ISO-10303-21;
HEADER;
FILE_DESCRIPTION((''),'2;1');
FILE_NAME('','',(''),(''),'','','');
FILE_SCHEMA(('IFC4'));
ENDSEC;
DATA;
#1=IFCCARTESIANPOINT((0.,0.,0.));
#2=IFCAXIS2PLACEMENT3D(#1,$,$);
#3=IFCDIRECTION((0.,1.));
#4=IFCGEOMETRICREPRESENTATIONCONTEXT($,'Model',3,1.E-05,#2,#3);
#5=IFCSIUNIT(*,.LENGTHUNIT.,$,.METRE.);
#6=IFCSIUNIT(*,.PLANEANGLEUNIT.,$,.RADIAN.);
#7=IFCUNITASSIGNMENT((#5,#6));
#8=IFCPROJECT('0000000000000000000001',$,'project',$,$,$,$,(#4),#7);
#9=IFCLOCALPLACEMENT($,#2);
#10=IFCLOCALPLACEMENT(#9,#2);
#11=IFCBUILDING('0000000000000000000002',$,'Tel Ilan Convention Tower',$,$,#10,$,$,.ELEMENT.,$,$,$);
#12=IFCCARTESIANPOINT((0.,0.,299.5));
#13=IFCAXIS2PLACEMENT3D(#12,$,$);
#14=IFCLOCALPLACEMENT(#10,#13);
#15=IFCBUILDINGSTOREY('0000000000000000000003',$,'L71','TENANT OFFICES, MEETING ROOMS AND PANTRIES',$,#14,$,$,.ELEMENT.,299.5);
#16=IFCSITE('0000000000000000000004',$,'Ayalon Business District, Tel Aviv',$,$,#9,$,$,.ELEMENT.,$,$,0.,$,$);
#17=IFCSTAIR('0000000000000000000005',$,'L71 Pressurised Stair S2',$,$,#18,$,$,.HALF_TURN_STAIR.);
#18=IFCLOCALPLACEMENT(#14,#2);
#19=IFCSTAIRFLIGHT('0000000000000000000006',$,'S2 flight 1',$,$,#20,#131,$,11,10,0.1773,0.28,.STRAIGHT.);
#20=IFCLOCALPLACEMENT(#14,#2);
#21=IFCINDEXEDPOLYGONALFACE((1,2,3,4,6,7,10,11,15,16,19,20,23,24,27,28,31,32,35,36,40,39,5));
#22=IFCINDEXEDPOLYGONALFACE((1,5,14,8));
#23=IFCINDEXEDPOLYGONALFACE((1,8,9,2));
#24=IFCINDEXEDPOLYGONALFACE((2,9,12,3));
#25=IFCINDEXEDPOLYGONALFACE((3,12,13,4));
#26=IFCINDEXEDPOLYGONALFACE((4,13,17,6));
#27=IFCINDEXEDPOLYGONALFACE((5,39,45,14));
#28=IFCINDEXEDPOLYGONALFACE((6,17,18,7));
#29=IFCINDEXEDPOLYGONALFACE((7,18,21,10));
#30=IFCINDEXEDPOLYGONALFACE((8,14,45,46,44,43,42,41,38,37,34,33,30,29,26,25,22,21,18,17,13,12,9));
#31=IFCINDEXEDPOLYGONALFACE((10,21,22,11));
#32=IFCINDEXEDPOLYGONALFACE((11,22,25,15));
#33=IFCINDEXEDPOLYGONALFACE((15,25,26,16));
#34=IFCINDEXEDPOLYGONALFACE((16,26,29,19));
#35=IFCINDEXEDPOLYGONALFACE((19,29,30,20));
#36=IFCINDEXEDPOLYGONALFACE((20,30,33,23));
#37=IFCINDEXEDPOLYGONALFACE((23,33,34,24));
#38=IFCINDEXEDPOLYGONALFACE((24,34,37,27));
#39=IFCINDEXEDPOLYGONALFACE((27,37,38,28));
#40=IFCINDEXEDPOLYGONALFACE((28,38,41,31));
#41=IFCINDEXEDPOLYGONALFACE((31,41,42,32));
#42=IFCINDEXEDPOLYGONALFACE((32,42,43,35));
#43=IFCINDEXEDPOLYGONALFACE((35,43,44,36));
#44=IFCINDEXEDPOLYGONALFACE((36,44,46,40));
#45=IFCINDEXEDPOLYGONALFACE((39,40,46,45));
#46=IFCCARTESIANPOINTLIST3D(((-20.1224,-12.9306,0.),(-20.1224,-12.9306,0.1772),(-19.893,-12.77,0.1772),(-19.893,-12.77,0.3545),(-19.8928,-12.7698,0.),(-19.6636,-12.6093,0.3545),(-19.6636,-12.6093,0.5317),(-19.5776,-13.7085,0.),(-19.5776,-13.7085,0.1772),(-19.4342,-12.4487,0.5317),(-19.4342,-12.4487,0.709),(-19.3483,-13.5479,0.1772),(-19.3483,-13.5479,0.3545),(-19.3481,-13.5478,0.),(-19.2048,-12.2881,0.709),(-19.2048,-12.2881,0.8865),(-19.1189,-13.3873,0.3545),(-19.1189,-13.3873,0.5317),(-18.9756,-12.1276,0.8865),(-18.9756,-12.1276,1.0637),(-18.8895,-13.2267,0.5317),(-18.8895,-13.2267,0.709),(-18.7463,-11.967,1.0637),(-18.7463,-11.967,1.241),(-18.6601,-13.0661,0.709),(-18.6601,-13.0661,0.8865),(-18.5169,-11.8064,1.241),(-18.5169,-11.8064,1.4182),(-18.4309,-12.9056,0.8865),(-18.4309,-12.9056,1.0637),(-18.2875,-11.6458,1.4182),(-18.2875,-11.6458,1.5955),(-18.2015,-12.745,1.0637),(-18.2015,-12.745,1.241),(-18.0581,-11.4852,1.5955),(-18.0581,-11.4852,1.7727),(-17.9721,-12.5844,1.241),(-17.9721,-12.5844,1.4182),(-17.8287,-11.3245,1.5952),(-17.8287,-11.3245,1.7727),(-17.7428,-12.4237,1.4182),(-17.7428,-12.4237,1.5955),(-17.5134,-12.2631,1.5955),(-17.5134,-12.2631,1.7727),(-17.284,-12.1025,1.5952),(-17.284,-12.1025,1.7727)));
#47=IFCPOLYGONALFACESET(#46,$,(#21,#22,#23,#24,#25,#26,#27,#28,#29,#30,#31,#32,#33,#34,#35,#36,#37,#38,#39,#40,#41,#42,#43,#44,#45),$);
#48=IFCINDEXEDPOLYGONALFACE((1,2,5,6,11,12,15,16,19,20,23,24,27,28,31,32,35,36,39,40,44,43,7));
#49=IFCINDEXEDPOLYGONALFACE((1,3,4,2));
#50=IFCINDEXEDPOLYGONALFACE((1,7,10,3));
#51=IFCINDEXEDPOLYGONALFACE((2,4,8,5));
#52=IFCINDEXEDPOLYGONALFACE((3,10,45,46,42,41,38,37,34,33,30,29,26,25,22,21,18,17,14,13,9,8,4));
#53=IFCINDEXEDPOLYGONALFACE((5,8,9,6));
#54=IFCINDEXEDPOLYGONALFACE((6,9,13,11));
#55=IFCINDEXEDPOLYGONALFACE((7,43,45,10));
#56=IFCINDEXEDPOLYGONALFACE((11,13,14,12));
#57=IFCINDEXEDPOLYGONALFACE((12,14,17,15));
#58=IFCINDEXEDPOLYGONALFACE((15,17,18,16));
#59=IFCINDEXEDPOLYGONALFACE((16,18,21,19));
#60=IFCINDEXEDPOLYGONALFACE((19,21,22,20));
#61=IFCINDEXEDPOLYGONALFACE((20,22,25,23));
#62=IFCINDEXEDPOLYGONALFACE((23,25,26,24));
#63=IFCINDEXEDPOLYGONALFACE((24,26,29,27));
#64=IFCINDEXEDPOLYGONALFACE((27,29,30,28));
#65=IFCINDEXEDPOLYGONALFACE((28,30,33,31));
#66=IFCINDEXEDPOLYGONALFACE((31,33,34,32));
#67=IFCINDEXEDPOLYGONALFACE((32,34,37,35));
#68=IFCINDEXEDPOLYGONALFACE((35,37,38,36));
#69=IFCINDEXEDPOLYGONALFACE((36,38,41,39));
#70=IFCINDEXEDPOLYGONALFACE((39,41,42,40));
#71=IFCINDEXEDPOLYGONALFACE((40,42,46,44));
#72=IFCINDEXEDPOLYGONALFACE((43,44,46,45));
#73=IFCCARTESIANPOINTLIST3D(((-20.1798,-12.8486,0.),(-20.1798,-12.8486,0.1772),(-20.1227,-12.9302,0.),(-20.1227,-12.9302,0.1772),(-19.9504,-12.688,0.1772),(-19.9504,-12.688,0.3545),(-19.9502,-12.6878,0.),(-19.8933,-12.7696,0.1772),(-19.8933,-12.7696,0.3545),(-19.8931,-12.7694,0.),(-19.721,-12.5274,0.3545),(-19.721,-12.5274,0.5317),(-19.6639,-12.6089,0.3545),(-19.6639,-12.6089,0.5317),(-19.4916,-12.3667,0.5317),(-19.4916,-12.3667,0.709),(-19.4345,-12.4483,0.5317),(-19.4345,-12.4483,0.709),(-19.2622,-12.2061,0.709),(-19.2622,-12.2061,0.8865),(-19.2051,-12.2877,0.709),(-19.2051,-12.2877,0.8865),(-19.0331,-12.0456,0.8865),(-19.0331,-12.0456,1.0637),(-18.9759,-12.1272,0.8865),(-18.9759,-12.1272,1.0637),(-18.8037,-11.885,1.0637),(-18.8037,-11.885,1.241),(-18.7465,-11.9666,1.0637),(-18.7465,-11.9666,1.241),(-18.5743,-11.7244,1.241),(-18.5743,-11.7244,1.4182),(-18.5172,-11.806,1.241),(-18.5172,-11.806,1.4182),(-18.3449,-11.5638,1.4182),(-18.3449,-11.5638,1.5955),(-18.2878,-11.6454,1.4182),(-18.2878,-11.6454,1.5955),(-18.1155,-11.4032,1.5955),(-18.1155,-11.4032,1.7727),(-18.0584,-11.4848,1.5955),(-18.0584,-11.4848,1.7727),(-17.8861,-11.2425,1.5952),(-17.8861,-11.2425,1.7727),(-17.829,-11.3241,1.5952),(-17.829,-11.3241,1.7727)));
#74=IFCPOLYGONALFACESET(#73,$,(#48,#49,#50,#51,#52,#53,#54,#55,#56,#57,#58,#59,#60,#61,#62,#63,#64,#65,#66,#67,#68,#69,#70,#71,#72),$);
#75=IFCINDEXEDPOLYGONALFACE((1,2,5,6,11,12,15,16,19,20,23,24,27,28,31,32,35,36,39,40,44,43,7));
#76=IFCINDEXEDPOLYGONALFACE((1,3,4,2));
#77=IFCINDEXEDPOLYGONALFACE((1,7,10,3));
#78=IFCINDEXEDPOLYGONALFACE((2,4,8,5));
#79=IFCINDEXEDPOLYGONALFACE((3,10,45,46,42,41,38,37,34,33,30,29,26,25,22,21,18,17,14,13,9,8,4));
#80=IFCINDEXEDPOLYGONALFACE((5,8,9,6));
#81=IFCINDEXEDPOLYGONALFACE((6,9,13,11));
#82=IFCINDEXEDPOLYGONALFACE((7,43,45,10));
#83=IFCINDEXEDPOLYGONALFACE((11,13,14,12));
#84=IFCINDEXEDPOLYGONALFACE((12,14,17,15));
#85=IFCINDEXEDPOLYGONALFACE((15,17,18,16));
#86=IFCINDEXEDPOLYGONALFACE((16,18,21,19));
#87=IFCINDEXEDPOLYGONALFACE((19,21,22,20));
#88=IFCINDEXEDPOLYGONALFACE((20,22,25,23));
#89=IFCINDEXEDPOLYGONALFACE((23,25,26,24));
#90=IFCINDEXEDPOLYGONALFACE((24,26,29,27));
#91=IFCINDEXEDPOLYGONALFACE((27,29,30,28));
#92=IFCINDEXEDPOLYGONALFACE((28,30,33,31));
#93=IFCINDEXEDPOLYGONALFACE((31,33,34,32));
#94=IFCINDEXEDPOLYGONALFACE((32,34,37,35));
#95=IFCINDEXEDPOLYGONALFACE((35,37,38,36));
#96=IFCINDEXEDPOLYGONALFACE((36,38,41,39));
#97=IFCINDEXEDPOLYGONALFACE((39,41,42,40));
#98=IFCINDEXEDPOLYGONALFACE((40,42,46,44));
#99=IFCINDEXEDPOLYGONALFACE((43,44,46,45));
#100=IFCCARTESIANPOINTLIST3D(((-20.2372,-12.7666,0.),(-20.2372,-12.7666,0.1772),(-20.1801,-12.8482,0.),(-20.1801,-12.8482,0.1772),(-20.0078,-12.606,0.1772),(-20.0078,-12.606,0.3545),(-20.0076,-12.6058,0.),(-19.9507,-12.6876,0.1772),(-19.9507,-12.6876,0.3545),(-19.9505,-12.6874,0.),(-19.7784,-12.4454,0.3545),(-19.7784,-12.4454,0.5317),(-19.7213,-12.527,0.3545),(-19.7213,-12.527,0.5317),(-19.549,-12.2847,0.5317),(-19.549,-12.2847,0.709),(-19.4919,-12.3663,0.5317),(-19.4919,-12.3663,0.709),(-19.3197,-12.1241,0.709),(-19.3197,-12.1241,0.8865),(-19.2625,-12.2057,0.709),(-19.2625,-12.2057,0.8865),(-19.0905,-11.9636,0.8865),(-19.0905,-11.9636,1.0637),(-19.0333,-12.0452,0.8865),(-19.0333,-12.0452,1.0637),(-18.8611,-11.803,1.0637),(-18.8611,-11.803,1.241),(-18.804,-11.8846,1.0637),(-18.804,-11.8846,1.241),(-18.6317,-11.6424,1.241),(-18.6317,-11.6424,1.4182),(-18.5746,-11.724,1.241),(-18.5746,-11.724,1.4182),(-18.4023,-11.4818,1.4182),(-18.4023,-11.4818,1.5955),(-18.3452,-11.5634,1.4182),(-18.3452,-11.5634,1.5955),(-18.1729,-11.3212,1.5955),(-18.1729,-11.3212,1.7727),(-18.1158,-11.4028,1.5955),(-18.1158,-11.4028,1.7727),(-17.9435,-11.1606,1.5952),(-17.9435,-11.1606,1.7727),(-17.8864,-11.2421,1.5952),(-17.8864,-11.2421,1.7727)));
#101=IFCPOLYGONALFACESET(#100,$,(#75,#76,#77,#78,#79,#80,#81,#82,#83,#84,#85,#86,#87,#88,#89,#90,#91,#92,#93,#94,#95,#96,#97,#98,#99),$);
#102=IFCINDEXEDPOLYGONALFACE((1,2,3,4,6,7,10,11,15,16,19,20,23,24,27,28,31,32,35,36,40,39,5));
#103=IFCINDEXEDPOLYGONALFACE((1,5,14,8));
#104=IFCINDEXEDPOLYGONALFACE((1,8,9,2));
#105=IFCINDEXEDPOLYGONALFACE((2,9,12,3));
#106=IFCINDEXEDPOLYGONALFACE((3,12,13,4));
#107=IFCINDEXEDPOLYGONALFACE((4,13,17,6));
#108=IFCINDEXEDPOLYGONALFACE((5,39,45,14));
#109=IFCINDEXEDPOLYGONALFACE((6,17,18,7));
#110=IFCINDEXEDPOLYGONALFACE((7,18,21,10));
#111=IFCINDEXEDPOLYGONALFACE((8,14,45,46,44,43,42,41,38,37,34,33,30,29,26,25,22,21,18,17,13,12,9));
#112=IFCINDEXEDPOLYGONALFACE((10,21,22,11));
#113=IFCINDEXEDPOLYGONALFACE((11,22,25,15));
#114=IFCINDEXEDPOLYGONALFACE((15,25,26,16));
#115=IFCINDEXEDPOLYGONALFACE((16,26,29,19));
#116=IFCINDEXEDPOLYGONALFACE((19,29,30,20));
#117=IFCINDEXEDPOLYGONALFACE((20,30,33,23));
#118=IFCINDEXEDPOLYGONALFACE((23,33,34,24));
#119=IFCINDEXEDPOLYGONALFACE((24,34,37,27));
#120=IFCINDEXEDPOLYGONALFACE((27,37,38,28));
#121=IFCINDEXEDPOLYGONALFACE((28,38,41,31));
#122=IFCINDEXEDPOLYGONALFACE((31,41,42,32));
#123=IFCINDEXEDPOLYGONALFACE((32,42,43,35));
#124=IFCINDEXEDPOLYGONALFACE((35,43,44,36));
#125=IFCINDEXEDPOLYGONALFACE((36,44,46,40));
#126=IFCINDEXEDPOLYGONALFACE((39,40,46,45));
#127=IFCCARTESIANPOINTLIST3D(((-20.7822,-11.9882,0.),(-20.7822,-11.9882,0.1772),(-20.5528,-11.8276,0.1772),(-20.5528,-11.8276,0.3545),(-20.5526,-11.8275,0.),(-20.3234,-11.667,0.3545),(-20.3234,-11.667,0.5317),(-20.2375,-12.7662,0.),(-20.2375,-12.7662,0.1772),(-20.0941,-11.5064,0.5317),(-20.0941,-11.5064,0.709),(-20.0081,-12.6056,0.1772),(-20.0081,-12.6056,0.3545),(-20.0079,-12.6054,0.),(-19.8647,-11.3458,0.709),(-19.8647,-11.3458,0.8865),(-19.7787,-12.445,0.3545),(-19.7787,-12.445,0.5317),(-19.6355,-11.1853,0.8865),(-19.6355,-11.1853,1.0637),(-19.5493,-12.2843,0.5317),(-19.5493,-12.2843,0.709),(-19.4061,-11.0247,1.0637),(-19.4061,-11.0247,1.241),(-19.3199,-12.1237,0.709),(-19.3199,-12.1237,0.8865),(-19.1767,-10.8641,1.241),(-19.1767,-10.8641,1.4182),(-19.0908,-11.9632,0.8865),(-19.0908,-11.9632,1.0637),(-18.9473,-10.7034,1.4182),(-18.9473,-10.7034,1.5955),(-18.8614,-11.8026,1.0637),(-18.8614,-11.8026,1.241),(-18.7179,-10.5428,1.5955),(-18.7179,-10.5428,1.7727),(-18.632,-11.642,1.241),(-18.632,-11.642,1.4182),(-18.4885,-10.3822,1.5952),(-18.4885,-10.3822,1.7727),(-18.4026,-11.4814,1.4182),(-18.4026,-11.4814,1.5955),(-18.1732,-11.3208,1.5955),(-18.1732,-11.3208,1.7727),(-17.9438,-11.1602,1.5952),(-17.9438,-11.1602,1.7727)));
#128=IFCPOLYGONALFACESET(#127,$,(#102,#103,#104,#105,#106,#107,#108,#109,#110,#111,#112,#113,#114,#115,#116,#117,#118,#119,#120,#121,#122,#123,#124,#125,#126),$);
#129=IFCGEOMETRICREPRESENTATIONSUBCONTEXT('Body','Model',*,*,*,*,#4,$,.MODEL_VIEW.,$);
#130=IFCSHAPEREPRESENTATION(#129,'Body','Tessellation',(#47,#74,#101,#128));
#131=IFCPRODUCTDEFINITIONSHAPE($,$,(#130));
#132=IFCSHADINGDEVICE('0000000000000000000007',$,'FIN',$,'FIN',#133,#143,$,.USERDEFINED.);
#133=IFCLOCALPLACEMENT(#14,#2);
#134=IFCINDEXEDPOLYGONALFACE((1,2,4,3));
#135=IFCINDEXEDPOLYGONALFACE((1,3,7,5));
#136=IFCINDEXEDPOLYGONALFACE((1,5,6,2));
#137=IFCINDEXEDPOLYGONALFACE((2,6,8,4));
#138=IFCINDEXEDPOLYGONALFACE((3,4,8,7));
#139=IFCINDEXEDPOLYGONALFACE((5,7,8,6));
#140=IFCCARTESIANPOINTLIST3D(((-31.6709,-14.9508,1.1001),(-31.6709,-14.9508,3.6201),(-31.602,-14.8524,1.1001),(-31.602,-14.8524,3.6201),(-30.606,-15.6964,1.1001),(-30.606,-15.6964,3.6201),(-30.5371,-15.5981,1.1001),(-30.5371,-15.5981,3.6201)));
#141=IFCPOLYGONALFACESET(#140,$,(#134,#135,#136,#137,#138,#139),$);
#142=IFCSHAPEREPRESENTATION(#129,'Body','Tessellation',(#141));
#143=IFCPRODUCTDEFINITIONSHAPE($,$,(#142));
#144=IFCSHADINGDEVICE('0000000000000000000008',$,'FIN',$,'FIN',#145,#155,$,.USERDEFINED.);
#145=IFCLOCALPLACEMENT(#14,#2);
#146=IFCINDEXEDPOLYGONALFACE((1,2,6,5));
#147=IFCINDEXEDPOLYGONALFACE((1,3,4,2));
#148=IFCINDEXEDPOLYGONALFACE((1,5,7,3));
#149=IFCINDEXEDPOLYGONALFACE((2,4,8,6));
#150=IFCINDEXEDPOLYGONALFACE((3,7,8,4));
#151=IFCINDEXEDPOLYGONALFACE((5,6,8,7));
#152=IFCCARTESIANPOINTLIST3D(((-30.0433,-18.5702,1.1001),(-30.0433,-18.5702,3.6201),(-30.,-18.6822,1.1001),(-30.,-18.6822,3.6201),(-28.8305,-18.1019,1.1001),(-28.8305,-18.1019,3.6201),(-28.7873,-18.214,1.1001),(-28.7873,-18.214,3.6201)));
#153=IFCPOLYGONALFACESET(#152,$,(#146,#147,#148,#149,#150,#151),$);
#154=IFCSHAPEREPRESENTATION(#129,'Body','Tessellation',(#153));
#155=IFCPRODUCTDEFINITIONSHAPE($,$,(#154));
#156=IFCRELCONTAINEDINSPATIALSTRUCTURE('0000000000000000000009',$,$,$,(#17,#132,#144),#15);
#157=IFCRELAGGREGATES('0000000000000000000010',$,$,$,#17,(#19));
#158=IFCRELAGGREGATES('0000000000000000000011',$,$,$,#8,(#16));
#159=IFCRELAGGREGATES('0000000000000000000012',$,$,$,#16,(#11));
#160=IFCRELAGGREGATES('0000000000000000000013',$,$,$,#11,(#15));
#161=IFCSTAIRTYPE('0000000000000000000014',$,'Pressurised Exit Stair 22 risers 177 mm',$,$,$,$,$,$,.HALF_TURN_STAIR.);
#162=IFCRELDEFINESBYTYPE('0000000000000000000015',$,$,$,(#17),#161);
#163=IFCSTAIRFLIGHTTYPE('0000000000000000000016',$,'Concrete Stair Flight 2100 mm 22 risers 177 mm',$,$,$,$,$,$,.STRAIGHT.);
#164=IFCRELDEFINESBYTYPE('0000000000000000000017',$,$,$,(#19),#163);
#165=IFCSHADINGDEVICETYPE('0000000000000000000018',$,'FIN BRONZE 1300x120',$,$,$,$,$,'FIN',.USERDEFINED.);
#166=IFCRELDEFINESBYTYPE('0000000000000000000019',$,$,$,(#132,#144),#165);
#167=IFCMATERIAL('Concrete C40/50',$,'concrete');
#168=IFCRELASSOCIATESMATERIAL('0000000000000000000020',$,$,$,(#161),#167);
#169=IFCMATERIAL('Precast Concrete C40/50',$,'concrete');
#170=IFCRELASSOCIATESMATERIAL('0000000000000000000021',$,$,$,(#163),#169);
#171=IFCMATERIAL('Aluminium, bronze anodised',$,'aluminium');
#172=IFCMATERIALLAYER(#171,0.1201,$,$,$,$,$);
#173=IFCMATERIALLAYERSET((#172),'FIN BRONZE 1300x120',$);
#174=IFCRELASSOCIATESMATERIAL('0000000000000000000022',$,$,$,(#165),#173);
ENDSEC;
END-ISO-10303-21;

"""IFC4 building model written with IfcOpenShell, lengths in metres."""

from ifc_helpers import new_model, si_unit, direction, frame, origin, origin_2d, place, context, subcontext, project, spatial, polyline, rectangle, outline, extrude, material, layer, layer_set, type_object, element, aggregate, save


model = new_model("IFC4")

# Units and contexts
model_context = context("Model", 3, precision=1e-05, world=origin(), true_north=direction((0.0, 1.0)))
body_context = subcontext(model_context, "Body", "Model", "MODEL_VIEW")
ifc_project = project(units=[si_unit("LENGTHUNIT", "METRE"), si_unit("PLANEANGLEUNIT", "RADIAN")], contexts=[model_context])

# Site, building, storey
site_placement = place(None, origin())
site = spatial("IfcSite", under=ifc_project, at=site_placement, Name="Ayalon Business District, Tel Aviv", CompositionType="ELEMENT", RefElevation=0.0)
building_placement = place(site_placement, origin())
building = spatial("IfcBuilding", under=site, at=building_placement, Name="Tel Ilan Convention Tower", CompositionType="ELEMENT")
storey_placement = place(building_placement, frame((0.0, 0.0, 299.5)))
storey = spatial("IfcBuildingStorey", under=building, at=storey_placement, Name="L71", Description="TENANT OFFICES, MEETING ROOMS AND PANTRIES", CompositionType="ELEMENT", Elevation=299.5)

# Stair, stair flight
ifc_material_1 = material(Name="Concrete C40/50", Category="concrete")
stair_type = type_object("IfcStairType", Name="Pressurised Exit Stair 22 risers 177 mm", PredefinedType="HALF_TURN_STAIR", material=ifc_material_1)
stair_placement = place(storey_placement, origin())
stair = element("IfcStair", 1, at=stair_placement, inside=storey, type_object=stair_type, Name="L71 Pressurised Stair S2", PredefinedType="HALF_TURN_STAIR")
ifc_material_2 = material(Name="Precast Concrete C40/50", Category="concrete")
stair_flight_type = type_object("IfcStairFlightType", Name="Concrete Stair Flight 2100 mm 22 risers 177 mm", PredefinedType="STRAIGHT", material=ifc_material_2)
stair_flight_placement = place(storey_placement, frame((-20.1799, -12.8484, 0.0), z_axis=(0.0, 0.0, 1.0), x_axis=(0.819152, 0.573576, 0.0)))
stair_flight = element("IfcStairFlight", 2, at=stair_flight_placement, type_object=stair_flight_type, Name="S2 flight 1", NumberOfRisers=11, NumberOfTreads=10, PredefinedType="STRAIGHT", RiserHeight=0.1773, TreadLength=0.28, context=body_context, shape_type="SweptSolid", body=[
    extrude(outline(polyline([(0.0, 0.0), (0.0, 0.1772), (0.28, 0.1772), (0.28, 0.3545), (0.5601, 0.3545), (0.5601, 0.5317), (0.8401, 0.5317), (0.8401, 0.709), (1.1201, 0.709), (1.1201, 0.8865), (1.3999, 0.8865), (1.3999, 1.0637), (1.6799, 1.0637), (1.6799, 1.241), (1.96, 1.241), (1.96, 1.4182), (2.24, 1.4182), (2.24, 1.5955), (2.52, 1.5955), (2.52, 1.7727), (2.8, 1.7727), (2.8, 1.95), (2.8, 1.5952), (0.2803, 0.0), (0.0, 0.0)])), frame((0.0, -0.1003, 0.0), z_axis=(0.0, -1.0, 0.0), x_axis=(1.0, 0.0, 0.0)), (0.0, 0.0, 1.0), 0.9497),
    extrude(outline(polyline([(0.0, 0.0), (0.0, 0.1772), (0.28, 0.1772), (0.28, 0.3545), (0.5601, 0.3545), (0.5601, 0.5317), (0.8401, 0.5317), (0.8401, 0.709), (1.1201, 0.709), (1.1201, 0.8865), (1.3999, 0.8865), (1.3999, 1.0637), (1.6799, 1.0637), (1.6799, 1.241), (1.96, 1.241), (1.96, 1.4182), (2.24, 1.4182), (2.24, 1.5955), (2.52, 1.5955), (2.52, 1.7727), (2.8, 1.7727), (2.8, 1.95), (2.8, 1.5952), (0.2803, 0.0), (0.0, 0.0)])), frame((0.0, -0.0002, 0.0), z_axis=(0.0, -1.0, 0.0), x_axis=(1.0, 0.0, 0.0)), (0.0, 0.0, 1.0), 0.0996),
    extrude(outline(polyline([(0.0, 0.0), (0.0, 0.1772), (0.28, 0.1772), (0.28, 0.3545), (0.5601, 0.3545), (0.5601, 0.5317), (0.8401, 0.5317), (0.8401, 0.709), (1.1201, 0.709), (1.1201, 0.8865), (1.3999, 0.8865), (1.3999, 1.0637), (1.6799, 1.0637), (1.6799, 1.241), (1.96, 1.241), (1.96, 1.4182), (2.24, 1.4182), (2.24, 1.5955), (2.52, 1.5955), (2.52, 1.7727), (2.8, 1.7727), (2.8, 1.95), (2.8, 1.5952), (0.2803, 0.0), (0.0, 0.0)])), frame((0.0, 0.0999, 0.0), z_axis=(0.0, -1.0, 0.0), x_axis=(1.0, 0.0, 0.0)), (0.0, 0.0, 1.0), 0.0996),
    extrude(outline(polyline([(0.0, 0.0), (0.0, 0.1772), (0.28, 0.1772), (0.28, 0.3545), (0.5601, 0.3545), (0.5601, 0.5317), (0.8401, 0.5317), (0.8401, 0.709), (1.1201, 0.709), (1.1201, 0.8865), (1.3999, 0.8865), (1.3999, 1.0637), (1.6799, 1.0637), (1.6799, 1.241), (1.96, 1.241), (1.96, 1.4182), (2.24, 1.4182), (2.24, 1.5955), (2.52, 1.5955), (2.52, 1.7727), (2.8, 1.7727), (2.8, 1.95), (2.8, 1.5952), (0.2803, 0.0), (0.0, 0.0)])), frame((0.0, 1.05, 0.0), z_axis=(0.0, -1.0, 0.0), x_axis=(1.0, 0.0, 0.0)), (0.0, 0.0, 1.0), 0.9497),
])
aggregate(stair, [stair_flight])

# Shading devices
ifc_material_3 = material(Name="Aluminium, bronze anodised", Category="aluminium")
ifc_layer_1 = layer(ifc_material_3, 0.1201)
ifc_layer_set_1 = layer_set([ifc_layer_1], Name="FIN BRONZE 1300x120")
shading_device_type = type_object("IfcShadingDeviceType", Name="FIN BRONZE 1300x120", ElementType="FIN", PredefinedType="USERDEFINED", material=ifc_layer_set_1)
for number, where, z_axis, x_axis, name in (
    (3, (-31.104, -15.2744, 1.1001), (0.0, 0.0, 1.0), (-0.819152, 0.573576, 0.0), "FIN"),
    (4, (-29.4153, -18.3921, 1.1001), (0.0, 0.0, 1.0), (-0.932884, -0.360178, 0.0), "FIN"),
):
    element("IfcShadingDevice", number, at=place(storey_placement, frame(where, z_axis=z_axis, x_axis=x_axis)), inside=storey, type_object=shading_device_type, Name=name, ObjectType="FIN", PredefinedType="USERDEFINED", context=body_context, shape_type="SweptSolid", body=[
        extrude(rectangle(XDim=1.3, YDim=0.1201, at=origin_2d()), origin(), (0.0, 0.0, 1.0), 2.52),
    ])

save(model, "model.ifc")
